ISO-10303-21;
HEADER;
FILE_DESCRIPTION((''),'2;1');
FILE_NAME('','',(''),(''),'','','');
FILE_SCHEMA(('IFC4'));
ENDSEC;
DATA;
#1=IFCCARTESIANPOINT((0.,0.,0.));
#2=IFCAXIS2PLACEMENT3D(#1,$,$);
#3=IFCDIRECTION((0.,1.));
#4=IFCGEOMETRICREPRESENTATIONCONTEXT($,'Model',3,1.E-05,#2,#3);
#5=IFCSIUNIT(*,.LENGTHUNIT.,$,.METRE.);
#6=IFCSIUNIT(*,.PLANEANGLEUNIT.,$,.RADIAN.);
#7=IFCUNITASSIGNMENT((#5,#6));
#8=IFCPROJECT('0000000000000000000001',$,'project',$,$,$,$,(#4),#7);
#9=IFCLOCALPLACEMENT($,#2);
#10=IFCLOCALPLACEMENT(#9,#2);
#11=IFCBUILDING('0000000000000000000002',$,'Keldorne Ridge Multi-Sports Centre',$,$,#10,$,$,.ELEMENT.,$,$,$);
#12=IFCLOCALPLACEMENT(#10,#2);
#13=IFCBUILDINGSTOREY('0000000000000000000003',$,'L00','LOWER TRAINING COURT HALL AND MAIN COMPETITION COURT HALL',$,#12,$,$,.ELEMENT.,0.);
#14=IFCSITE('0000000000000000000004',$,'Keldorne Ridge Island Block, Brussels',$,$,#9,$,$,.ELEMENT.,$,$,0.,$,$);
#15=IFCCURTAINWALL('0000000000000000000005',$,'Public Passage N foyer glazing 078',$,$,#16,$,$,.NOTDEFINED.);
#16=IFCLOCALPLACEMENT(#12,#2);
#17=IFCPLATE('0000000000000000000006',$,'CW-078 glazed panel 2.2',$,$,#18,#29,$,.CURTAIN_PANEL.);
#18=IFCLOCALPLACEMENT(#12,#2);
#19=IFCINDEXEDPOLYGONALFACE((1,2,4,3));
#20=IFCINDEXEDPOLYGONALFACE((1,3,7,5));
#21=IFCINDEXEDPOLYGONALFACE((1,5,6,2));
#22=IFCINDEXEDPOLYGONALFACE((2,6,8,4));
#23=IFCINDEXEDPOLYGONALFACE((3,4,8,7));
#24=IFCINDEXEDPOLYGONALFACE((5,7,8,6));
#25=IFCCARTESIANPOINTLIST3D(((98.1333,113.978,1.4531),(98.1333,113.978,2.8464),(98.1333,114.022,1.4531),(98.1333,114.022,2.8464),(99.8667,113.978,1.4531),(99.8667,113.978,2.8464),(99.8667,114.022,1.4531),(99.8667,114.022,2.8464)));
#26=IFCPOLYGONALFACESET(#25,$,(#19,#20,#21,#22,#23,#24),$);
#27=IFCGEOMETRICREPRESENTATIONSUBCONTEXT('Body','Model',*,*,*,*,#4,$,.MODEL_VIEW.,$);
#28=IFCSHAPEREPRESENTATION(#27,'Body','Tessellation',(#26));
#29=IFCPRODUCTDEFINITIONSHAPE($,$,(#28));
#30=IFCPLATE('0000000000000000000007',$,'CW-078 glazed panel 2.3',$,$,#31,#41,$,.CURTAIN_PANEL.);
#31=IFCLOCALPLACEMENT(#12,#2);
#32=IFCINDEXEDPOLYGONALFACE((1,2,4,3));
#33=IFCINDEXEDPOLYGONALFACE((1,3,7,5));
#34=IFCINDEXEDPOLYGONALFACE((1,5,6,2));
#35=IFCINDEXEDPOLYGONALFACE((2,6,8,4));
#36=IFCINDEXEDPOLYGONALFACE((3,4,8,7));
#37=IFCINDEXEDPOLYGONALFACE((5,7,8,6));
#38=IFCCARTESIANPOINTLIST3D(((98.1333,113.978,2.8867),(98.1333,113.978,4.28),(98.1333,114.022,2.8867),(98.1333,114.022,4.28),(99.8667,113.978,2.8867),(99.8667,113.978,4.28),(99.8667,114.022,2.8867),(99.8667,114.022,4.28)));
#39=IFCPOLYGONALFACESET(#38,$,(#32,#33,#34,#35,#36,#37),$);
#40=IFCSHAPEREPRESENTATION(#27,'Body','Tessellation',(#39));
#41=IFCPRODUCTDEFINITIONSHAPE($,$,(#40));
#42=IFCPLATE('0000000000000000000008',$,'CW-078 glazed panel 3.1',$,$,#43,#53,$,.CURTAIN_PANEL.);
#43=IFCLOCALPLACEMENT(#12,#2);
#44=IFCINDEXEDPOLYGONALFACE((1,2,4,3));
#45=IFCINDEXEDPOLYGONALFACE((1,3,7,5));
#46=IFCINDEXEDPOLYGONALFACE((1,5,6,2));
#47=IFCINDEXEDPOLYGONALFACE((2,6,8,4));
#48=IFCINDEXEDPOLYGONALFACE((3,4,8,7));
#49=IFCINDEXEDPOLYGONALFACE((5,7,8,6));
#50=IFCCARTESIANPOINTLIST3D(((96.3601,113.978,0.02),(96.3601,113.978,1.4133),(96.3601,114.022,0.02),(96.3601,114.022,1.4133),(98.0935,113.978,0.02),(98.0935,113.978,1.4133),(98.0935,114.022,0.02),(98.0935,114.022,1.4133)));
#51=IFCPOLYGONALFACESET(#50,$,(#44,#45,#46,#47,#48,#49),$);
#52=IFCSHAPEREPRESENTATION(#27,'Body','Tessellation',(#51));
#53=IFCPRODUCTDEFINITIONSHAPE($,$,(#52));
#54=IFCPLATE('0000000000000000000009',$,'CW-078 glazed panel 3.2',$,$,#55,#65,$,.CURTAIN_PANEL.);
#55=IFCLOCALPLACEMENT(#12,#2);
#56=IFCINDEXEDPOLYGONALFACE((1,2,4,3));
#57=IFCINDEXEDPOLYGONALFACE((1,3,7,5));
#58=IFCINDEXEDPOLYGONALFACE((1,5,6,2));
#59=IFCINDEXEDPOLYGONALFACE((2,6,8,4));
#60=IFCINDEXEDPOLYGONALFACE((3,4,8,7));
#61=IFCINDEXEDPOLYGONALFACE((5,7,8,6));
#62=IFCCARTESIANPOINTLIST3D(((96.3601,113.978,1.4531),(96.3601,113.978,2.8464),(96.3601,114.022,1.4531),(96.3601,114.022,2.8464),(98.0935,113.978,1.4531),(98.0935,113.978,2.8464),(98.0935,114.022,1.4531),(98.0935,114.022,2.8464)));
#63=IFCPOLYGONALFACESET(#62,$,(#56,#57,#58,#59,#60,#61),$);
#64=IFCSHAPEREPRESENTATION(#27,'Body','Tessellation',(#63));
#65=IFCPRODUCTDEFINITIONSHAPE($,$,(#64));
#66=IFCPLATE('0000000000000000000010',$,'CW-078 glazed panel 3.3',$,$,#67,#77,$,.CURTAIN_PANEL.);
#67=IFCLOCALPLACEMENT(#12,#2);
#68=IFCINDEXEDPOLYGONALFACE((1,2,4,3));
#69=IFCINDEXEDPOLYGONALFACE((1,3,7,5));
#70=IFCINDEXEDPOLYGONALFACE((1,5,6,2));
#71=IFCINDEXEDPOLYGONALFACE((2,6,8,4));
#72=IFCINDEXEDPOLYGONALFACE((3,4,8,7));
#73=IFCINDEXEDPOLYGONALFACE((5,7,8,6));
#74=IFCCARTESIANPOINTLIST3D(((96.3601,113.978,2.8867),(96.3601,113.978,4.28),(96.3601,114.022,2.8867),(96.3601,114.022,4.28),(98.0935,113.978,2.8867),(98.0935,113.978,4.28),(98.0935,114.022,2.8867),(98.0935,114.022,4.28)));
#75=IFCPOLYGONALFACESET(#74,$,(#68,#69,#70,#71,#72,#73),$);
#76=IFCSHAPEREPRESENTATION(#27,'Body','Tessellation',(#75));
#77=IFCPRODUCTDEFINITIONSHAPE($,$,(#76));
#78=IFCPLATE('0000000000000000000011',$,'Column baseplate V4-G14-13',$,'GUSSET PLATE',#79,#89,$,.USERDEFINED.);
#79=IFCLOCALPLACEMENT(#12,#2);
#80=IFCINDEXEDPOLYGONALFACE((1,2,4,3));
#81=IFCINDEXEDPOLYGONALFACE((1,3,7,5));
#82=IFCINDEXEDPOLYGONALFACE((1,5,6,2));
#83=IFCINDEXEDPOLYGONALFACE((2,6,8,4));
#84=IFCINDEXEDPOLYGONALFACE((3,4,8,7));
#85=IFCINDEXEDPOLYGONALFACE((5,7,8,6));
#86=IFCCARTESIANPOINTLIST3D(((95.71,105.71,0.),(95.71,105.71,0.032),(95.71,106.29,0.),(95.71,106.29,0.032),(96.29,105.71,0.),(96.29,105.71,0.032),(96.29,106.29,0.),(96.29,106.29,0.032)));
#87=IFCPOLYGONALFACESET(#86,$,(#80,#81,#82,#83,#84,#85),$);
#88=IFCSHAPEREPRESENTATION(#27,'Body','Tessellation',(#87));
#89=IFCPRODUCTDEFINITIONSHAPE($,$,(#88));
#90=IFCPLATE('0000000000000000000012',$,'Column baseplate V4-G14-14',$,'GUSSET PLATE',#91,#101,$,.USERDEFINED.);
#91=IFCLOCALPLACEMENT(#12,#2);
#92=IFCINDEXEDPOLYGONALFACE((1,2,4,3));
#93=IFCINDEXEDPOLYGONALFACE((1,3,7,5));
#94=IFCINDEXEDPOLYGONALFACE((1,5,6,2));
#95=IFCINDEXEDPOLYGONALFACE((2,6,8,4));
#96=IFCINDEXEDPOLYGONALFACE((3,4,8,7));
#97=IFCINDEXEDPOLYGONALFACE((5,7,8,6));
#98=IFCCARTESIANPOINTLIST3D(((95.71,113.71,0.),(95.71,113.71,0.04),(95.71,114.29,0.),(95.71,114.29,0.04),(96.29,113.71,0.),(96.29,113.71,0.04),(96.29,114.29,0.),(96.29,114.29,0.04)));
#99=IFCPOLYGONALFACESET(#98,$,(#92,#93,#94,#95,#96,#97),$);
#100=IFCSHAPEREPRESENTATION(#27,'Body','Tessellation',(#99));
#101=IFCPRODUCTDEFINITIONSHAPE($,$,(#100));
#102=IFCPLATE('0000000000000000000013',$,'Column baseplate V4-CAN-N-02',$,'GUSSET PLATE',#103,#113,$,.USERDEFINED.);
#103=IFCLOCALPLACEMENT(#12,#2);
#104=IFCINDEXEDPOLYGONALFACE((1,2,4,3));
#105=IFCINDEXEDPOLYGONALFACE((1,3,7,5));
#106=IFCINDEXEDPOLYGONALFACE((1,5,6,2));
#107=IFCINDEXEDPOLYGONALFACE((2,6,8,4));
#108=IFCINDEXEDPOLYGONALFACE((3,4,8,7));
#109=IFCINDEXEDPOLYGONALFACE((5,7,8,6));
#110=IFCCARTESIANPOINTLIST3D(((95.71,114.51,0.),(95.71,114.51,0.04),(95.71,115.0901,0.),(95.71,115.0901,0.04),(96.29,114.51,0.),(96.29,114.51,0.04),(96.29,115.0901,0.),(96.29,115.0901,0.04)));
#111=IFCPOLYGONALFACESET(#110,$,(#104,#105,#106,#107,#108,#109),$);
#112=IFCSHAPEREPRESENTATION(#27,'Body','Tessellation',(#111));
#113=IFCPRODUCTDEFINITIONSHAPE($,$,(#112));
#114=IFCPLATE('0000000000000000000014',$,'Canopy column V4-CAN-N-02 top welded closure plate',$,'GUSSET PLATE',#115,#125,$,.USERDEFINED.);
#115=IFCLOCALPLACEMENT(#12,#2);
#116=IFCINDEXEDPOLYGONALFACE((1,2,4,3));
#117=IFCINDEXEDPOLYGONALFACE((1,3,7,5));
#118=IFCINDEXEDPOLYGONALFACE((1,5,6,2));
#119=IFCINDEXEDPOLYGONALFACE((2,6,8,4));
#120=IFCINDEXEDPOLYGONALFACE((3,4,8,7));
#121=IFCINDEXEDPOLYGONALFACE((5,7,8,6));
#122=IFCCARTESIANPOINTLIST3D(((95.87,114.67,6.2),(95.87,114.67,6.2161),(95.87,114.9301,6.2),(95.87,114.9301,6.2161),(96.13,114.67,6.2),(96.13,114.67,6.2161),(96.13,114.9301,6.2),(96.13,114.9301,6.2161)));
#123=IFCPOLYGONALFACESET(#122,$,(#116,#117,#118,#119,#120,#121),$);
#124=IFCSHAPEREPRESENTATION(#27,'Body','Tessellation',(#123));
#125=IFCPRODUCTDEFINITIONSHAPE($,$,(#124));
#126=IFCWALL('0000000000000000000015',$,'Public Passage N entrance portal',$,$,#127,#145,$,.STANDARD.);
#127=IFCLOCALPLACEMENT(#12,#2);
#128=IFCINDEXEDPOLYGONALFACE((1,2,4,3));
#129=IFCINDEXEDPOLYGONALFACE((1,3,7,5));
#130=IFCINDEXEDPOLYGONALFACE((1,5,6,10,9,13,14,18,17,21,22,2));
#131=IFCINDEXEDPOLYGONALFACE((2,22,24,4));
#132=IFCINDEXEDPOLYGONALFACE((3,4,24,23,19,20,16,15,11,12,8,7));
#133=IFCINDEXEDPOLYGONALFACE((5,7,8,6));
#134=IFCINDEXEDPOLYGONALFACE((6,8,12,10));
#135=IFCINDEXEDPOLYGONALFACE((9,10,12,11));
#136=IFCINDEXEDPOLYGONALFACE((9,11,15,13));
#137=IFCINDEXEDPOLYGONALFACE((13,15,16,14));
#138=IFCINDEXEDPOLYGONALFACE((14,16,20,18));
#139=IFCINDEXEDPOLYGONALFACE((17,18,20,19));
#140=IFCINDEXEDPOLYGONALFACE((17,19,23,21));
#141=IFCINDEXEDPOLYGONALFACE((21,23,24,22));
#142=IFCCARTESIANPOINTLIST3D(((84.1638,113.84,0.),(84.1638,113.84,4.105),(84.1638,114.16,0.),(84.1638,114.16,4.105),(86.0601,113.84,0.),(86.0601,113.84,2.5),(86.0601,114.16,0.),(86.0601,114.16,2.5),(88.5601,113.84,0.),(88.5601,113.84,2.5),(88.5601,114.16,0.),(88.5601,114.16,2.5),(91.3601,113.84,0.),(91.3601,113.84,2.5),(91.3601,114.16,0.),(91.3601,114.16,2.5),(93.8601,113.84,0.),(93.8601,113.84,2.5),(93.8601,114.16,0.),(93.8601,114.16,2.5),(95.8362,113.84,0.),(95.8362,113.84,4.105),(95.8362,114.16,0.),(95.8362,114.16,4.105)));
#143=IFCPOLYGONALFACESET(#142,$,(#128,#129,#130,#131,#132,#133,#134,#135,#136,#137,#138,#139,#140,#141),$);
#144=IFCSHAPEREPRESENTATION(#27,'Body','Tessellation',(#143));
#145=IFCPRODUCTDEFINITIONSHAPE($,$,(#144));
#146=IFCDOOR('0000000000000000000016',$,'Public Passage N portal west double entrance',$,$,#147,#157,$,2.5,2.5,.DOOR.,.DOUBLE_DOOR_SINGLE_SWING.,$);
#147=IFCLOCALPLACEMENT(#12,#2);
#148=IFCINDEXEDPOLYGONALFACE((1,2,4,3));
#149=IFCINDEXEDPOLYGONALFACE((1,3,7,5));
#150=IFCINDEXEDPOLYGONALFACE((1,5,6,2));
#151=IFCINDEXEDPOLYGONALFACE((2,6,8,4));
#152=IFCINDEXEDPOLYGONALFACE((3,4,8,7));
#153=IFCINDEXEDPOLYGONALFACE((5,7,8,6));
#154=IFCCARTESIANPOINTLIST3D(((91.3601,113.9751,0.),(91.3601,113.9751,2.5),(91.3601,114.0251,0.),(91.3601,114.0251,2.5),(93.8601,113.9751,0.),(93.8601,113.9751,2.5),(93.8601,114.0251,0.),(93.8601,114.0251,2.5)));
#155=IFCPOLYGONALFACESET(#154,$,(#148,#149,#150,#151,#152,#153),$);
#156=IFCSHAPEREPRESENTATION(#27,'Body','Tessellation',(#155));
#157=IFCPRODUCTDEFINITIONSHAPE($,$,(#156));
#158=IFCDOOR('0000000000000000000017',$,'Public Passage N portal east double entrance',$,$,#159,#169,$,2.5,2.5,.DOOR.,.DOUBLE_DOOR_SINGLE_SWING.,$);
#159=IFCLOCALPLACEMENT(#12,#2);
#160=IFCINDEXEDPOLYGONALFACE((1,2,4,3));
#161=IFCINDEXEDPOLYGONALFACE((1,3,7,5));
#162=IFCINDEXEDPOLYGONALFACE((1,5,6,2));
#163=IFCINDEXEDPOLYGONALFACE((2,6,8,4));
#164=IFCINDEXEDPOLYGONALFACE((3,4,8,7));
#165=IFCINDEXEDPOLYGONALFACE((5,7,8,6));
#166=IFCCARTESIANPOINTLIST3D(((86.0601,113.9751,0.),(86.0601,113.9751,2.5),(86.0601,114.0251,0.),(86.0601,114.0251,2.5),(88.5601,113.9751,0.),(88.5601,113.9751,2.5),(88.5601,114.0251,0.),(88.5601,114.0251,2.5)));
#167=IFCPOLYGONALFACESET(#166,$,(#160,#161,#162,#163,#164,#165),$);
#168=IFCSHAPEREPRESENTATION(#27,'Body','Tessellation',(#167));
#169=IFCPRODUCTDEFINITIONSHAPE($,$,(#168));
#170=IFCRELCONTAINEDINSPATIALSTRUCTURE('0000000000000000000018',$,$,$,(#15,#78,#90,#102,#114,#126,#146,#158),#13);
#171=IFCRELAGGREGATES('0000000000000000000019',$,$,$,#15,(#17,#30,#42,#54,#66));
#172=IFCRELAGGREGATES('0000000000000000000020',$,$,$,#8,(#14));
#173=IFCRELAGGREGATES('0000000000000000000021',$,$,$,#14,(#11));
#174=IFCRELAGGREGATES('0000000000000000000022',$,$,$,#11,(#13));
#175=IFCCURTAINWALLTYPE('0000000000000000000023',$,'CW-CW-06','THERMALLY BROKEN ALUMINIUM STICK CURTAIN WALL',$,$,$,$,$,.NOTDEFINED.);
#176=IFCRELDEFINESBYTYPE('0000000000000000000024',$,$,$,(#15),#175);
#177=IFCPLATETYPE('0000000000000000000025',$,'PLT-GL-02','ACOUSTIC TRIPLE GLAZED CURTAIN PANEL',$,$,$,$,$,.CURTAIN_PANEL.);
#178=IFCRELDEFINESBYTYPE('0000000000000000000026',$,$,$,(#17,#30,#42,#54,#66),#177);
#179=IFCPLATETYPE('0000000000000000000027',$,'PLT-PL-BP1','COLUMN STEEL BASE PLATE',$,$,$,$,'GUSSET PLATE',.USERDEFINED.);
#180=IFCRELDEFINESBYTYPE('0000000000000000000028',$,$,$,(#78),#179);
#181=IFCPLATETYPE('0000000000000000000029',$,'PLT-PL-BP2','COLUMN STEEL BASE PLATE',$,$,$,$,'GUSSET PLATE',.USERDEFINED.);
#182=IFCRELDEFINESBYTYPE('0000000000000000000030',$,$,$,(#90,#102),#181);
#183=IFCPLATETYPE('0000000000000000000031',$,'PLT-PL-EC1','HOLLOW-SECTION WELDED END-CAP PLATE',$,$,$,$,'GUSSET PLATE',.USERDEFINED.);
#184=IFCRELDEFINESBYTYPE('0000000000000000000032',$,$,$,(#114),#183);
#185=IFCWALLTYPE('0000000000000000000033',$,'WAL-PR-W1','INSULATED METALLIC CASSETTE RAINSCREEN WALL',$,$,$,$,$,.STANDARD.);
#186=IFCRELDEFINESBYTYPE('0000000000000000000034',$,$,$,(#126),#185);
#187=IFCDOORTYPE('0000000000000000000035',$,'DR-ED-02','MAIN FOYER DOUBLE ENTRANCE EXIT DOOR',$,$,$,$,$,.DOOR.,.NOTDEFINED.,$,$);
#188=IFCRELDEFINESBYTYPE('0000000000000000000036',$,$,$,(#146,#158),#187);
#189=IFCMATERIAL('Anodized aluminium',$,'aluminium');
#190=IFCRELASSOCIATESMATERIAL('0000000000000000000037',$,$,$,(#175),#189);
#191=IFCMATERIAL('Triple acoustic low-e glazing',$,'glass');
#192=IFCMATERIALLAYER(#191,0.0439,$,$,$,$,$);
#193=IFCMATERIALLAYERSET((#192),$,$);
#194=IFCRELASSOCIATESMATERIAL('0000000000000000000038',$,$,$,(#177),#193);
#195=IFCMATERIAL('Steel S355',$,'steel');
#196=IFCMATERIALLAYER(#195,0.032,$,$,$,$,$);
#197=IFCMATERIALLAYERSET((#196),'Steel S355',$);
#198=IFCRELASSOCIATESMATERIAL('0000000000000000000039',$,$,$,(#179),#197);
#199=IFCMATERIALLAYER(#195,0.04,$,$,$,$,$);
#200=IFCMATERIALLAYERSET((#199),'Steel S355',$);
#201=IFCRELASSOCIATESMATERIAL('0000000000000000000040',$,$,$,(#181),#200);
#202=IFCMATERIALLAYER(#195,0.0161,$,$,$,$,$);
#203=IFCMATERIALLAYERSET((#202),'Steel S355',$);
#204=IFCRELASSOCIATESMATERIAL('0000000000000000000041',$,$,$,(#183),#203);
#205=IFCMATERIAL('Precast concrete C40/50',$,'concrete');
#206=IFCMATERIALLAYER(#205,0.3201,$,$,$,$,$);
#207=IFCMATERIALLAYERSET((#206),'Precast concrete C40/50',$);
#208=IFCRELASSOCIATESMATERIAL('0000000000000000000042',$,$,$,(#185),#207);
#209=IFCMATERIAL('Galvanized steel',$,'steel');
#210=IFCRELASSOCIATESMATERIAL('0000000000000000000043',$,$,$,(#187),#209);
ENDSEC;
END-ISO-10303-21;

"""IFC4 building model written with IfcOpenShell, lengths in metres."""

from ifc_helpers import new_model, si_unit, direction, frame, frame_2d, origin, origin_2d, place, context, subcontext, project, spatial, rectangle, extrude, material, layer, layer_set, type_object, element, fill, aggregate, save


model = new_model("IFC4")

# Units and contexts
model_context = context("Model", 3, precision=1e-05, world=origin(), true_north=direction((0.0, 1.0)))
body_context = subcontext(model_context, "Body", "Model", "MODEL_VIEW")
ifc_project = project(units=[si_unit("LENGTHUNIT", "METRE"), si_unit("PLANEANGLEUNIT", "RADIAN")], contexts=[model_context])

# Site, building, storey
site_placement = place(None, origin())
site = spatial("IfcSite", under=ifc_project, at=site_placement, Name="Keldorne Ridge Island Block, Brussels", CompositionType="ELEMENT", RefElevation=0.0)
building_placement = place(site_placement, origin())
building = spatial("IfcBuilding", under=site, at=building_placement, Name="Keldorne Ridge Multi-Sports Centre", CompositionType="ELEMENT")
storey_placement = place(building_placement, origin())
storey = spatial("IfcBuildingStorey", under=building, at=storey_placement, Name="L00", Description="LOWER TRAINING COURT HALL AND MAIN COMPETITION COURT HALL", CompositionType="ELEMENT", Elevation=0.0)

# Shared definitions
ifc_material_1 = material(Name="Steel S355", Category="steel")

# Curtain wall, plates
ifc_material_2 = material(Name="Anodized aluminium", Category="aluminium")
curtain_wall_type = type_object("IfcCurtainWallType", Name="CW-CW-06", Description="THERMALLY BROKEN ALUMINIUM STICK CURTAIN WALL", PredefinedType="NOTDEFINED", material=ifc_material_2)
curtain_wall_placement = place(storey_placement, origin())
curtain_wall = element("IfcCurtainWall", 1, at=curtain_wall_placement, inside=storey, type_object=curtain_wall_type, Name="Public Passage N foyer glazing 078", PredefinedType="NOTDEFINED")
ifc_material_3 = material(Name="Triple acoustic low-e glazing", Category="glass")
ifc_layer_1 = layer(ifc_material_3, 0.0439)
ifc_layer_set_1 = layer_set([ifc_layer_1])
plate_type_1 = type_object("IfcPlateType", Name="PLT-GL-02", Description="ACOUSTIC TRIPLE GLAZED CURTAIN PANEL", PredefinedType="CURTAIN_PANEL", material=ifc_layer_set_1)
plate_1_placement = place(storey_placement, frame((99.0, 114.0, 1.4531), z_axis=(0.0, 0.0, 1.0), x_axis=(-1.0, 0.0, 0.0)))
plate_1 = element("IfcPlate", 2, at=plate_1_placement, type_object=plate_type_1, Name="CW-078 glazed panel 2.2", PredefinedType="CURTAIN_PANEL", context=body_context, shape_type="SweptSolid", body=[
    extrude(rectangle(XDim=1.7334, YDim=0.0439, at=origin_2d()), origin(), (0.0, 0.0, 1.0), 1.3933),
])
plate_2_placement = place(storey_placement, frame((99.0, 114.0, 2.8867), z_axis=(0.0, 0.0, 1.0), x_axis=(-1.0, 0.0, 0.0)))
plate_2 = element("IfcPlate", 3, at=plate_2_placement, type_object=plate_type_1, Name="CW-078 glazed panel 2.3", PredefinedType="CURTAIN_PANEL", context=body_context, shape_type="SweptSolid", body=[
    extrude(rectangle(XDim=1.7334, YDim=0.0439, at=origin_2d()), origin(), (0.0, 0.0, 1.0), 1.3933),
])
plate_3_placement = place(storey_placement, frame((97.2268, 114.0, 0.02), z_axis=(0.0, 0.0, 1.0), x_axis=(-1.0, 0.0, 0.0)))
plate_3 = element("IfcPlate", 4, at=plate_3_placement, type_object=plate_type_1, Name="CW-078 glazed panel 3.1", PredefinedType="CURTAIN_PANEL", context=body_context, shape_type="SweptSolid", body=[
    extrude(rectangle(XDim=1.7334, YDim=0.0439, at=origin_2d()), origin(), (0.0, 0.0, 1.0), 1.3933),
])
plate_4_placement = place(storey_placement, frame((97.2268, 114.0, 1.4531), z_axis=(0.0, 0.0, 1.0), x_axis=(-1.0, 0.0, 0.0)))
plate_4 = element("IfcPlate", 5, at=plate_4_placement, type_object=plate_type_1, Name="CW-078 glazed panel 3.2", PredefinedType="CURTAIN_PANEL", context=body_context, shape_type="SweptSolid", body=[
    extrude(rectangle(XDim=1.7334, YDim=0.0439, at=origin_2d()), origin(), (0.0, 0.0, 1.0), 1.3933),
])
plate_5_placement = place(storey_placement, frame((97.2268, 114.0, 2.8867), z_axis=(0.0, 0.0, 1.0), x_axis=(-1.0, 0.0, 0.0)))
plate_5 = element("IfcPlate", 6, at=plate_5_placement, type_object=plate_type_1, Name="CW-078 glazed panel 3.3", PredefinedType="CURTAIN_PANEL", context=body_context, shape_type="SweptSolid", body=[
    extrude(rectangle(XDim=1.7334, YDim=0.0439, at=origin_2d()), origin(), (0.0, 0.0, 1.0), 1.3933),
])
aggregate(curtain_wall, [plate_1, plate_2, plate_3, plate_4, plate_5])

# Plates
ifc_layer_2 = layer(ifc_material_1, 0.032)
ifc_layer_set_2 = layer_set([ifc_layer_2], Name="Steel S355")
plate_type_2 = type_object("IfcPlateType", Name="PLT-PL-BP1", Description="COLUMN STEEL BASE PLATE", ElementType="GUSSET PLATE", PredefinedType="USERDEFINED", material=ifc_layer_set_2)
plate_6_placement = place(storey_placement, frame((96.0, 106.0, 0.0), z_axis=(0.0, 0.0, 1.0), x_axis=(1.0, 0.0, 0.0)))
element("IfcPlate", 7, at=plate_6_placement, inside=storey, type_object=plate_type_2, Name="Column baseplate V4-G14-13", ObjectType="GUSSET PLATE", PredefinedType="USERDEFINED", context=body_context, shape_type="SweptSolid", body=[
    extrude(rectangle(XDim=0.5801, YDim=0.5801, at=origin_2d()), origin(), (0.0, 0.0, 1.0), 0.032),
])
ifc_layer_3 = layer(ifc_material_1, 0.04)
ifc_layer_set_3 = layer_set([ifc_layer_3], Name="Steel S355")
plate_type_3 = type_object("IfcPlateType", Name="PLT-PL-BP2", Description="COLUMN STEEL BASE PLATE", ElementType="GUSSET PLATE", PredefinedType="USERDEFINED", material=ifc_layer_set_3)
for number, where, z_axis, x_axis, name in (
    (8, (96.0, 114.0, 0.0), (0.0, 0.0, 1.0), (1.0, 0.0, 0.0), "Column baseplate V4-G14-14"),
    (9, (96.0, 114.8, 0.0), (0.0, 0.0, 1.0), (1.0, 0.0, 0.0), "Column baseplate V4-CAN-N-02"),
):
    element("IfcPlate", number, at=place(storey_placement, frame(where, z_axis=z_axis, x_axis=x_axis)), inside=storey, type_object=plate_type_3, Name=name, ObjectType="GUSSET PLATE", PredefinedType="USERDEFINED", context=body_context, shape_type="SweptSolid", body=[
        extrude(rectangle(XDim=0.5801, YDim=0.5801, at=origin_2d()), origin(), (0.0, 0.0, 1.0), 0.04),
    ])
ifc_layer_4 = layer(ifc_material_1, 0.0161)
ifc_layer_set_4 = layer_set([ifc_layer_4], Name="Steel S355")
plate_type_4 = type_object("IfcPlateType", Name="PLT-PL-EC1", Description="HOLLOW-SECTION WELDED END-CAP PLATE", ElementType="GUSSET PLATE", PredefinedType="USERDEFINED", material=ifc_layer_set_4)
plate_7_placement = place(storey_placement, frame((96.0, 114.8, 6.2), z_axis=(0.0, 0.0, 1.0), x_axis=(1.0, 0.0, 0.0)))
element("IfcPlate", 10, at=plate_7_placement, inside=storey, type_object=plate_type_4, Name="Canopy column V4-CAN-N-02 top welded closure plate", ObjectType="GUSSET PLATE", PredefinedType="USERDEFINED", context=body_context, shape_type="SweptSolid", body=[
    extrude(rectangle(XDim=0.26, YDim=0.26, at=origin_2d()), origin(), (0.0, 0.0, 1.0), 0.0161),
])

# Wall, openings, doors
ifc_material_4 = material(Name="Precast concrete C40/50", Category="concrete")
ifc_layer_5 = layer(ifc_material_4, 0.3201)
ifc_layer_set_5 = layer_set([ifc_layer_5], Name="Precast concrete C40/50")
wall_type = type_object("IfcWallType", Name="WAL-PR-W1", Description="INSULATED METALLIC CASSETTE RAINSCREEN WALL", PredefinedType="STANDARD", material=ifc_layer_set_5)
wall_placement = place(storey_placement, frame((95.8362, 114.0, 0.0), z_axis=(0.0, 0.0, 1.0), x_axis=(-1.0, 0.0, 0.0)))
wall = element("IfcWall", 11, at=wall_placement, inside=storey, type_object=wall_type, Name="Public Passage N entrance portal", PredefinedType="STANDARD", context=body_context, shape_type="SweptSolid", body=[
    extrude(rectangle(XDim=11.6724, YDim=0.3201, at=frame_2d((5.8362, 0.0))), origin(), (0.0, 0.0, 1.0), 4.105),
])
opening_1_placement = place(wall_placement, frame((1.9761, 0.0, 0.0)))
opening_1 = element("IfcOpeningElement", 12, at=opening_1_placement, cuts=wall, PredefinedType="OPENING", context=body_context, shape_type="SweptSolid", body=[
    extrude(rectangle(XDim=2.5, YDim=2.5, at=frame_2d((1.25, 1.25))), frame((0.0, 0.1699, 0.0), z_axis=(0.0, -1.0, 0.0), x_axis=(1.0, 0.0, 0.0)), (0.0, 0.0, 1.0), 0.3401),
])
opening_2_placement = place(wall_placement, frame((7.2761, 0.0, 0.0)))
opening_2 = element("IfcOpeningElement", 13, at=opening_2_placement, cuts=wall, PredefinedType="OPENING", context=body_context, shape_type="SweptSolid", body=[
    extrude(rectangle(XDim=2.5, YDim=2.5, at=frame_2d((1.25, 1.25))), frame((0.0, 0.1699, 0.0), z_axis=(0.0, -1.0, 0.0), x_axis=(1.0, 0.0, 0.0)), (0.0, 0.0, 1.0), 0.3401),
])
ifc_material_5 = material(Name="Galvanized steel", Category="steel")
door_type = type_object("IfcDoorType", Name="DR-ED-02", Description="MAIN FOYER DOUBLE ENTRANCE EXIT DOOR", OperationType="NOTDEFINED", PredefinedType="DOOR", material=ifc_material_5)
door_1_placement = place(opening_1_placement, origin())
door_1 = element("IfcDoor", 14, at=door_1_placement, inside=storey, type_object=door_type, Name="Public Passage N portal west double entrance", OperationType="DOUBLE_DOOR_SINGLE_SWING", OverallHeight=2.5, OverallWidth=2.5, PredefinedType="DOOR", context=body_context, shape_type="SweptSolid", body=[
    extrude(rectangle(XDim=2.5, YDim=2.5, at=frame_2d((1.25, 1.25))), frame((0.0, 0.0249, 0.0), z_axis=(0.0, -1.0, 0.0), x_axis=(1.0, 0.0, 0.0)), (0.0, 0.0, 1.0), 0.05),
])
fill(opening_1, door_1)
door_2_placement = place(opening_2_placement, origin())
door_2 = element("IfcDoor", 15, at=door_2_placement, inside=storey, type_object=door_type, Name="Public Passage N portal east double entrance", OperationType="DOUBLE_DOOR_SINGLE_SWING", OverallHeight=2.5, OverallWidth=2.5, PredefinedType="DOOR", context=body_context, shape_type="SweptSolid", body=[
    extrude(rectangle(XDim=2.5, YDim=2.5, at=frame_2d((1.25, 1.25))), frame((0.0, 0.0249, 0.0), z_axis=(0.0, -1.0, 0.0), x_axis=(1.0, 0.0, 0.0)), (0.0, 0.0, 1.0), 0.05),
])
fill(opening_2, door_2)

save(model, "model.ifc")
